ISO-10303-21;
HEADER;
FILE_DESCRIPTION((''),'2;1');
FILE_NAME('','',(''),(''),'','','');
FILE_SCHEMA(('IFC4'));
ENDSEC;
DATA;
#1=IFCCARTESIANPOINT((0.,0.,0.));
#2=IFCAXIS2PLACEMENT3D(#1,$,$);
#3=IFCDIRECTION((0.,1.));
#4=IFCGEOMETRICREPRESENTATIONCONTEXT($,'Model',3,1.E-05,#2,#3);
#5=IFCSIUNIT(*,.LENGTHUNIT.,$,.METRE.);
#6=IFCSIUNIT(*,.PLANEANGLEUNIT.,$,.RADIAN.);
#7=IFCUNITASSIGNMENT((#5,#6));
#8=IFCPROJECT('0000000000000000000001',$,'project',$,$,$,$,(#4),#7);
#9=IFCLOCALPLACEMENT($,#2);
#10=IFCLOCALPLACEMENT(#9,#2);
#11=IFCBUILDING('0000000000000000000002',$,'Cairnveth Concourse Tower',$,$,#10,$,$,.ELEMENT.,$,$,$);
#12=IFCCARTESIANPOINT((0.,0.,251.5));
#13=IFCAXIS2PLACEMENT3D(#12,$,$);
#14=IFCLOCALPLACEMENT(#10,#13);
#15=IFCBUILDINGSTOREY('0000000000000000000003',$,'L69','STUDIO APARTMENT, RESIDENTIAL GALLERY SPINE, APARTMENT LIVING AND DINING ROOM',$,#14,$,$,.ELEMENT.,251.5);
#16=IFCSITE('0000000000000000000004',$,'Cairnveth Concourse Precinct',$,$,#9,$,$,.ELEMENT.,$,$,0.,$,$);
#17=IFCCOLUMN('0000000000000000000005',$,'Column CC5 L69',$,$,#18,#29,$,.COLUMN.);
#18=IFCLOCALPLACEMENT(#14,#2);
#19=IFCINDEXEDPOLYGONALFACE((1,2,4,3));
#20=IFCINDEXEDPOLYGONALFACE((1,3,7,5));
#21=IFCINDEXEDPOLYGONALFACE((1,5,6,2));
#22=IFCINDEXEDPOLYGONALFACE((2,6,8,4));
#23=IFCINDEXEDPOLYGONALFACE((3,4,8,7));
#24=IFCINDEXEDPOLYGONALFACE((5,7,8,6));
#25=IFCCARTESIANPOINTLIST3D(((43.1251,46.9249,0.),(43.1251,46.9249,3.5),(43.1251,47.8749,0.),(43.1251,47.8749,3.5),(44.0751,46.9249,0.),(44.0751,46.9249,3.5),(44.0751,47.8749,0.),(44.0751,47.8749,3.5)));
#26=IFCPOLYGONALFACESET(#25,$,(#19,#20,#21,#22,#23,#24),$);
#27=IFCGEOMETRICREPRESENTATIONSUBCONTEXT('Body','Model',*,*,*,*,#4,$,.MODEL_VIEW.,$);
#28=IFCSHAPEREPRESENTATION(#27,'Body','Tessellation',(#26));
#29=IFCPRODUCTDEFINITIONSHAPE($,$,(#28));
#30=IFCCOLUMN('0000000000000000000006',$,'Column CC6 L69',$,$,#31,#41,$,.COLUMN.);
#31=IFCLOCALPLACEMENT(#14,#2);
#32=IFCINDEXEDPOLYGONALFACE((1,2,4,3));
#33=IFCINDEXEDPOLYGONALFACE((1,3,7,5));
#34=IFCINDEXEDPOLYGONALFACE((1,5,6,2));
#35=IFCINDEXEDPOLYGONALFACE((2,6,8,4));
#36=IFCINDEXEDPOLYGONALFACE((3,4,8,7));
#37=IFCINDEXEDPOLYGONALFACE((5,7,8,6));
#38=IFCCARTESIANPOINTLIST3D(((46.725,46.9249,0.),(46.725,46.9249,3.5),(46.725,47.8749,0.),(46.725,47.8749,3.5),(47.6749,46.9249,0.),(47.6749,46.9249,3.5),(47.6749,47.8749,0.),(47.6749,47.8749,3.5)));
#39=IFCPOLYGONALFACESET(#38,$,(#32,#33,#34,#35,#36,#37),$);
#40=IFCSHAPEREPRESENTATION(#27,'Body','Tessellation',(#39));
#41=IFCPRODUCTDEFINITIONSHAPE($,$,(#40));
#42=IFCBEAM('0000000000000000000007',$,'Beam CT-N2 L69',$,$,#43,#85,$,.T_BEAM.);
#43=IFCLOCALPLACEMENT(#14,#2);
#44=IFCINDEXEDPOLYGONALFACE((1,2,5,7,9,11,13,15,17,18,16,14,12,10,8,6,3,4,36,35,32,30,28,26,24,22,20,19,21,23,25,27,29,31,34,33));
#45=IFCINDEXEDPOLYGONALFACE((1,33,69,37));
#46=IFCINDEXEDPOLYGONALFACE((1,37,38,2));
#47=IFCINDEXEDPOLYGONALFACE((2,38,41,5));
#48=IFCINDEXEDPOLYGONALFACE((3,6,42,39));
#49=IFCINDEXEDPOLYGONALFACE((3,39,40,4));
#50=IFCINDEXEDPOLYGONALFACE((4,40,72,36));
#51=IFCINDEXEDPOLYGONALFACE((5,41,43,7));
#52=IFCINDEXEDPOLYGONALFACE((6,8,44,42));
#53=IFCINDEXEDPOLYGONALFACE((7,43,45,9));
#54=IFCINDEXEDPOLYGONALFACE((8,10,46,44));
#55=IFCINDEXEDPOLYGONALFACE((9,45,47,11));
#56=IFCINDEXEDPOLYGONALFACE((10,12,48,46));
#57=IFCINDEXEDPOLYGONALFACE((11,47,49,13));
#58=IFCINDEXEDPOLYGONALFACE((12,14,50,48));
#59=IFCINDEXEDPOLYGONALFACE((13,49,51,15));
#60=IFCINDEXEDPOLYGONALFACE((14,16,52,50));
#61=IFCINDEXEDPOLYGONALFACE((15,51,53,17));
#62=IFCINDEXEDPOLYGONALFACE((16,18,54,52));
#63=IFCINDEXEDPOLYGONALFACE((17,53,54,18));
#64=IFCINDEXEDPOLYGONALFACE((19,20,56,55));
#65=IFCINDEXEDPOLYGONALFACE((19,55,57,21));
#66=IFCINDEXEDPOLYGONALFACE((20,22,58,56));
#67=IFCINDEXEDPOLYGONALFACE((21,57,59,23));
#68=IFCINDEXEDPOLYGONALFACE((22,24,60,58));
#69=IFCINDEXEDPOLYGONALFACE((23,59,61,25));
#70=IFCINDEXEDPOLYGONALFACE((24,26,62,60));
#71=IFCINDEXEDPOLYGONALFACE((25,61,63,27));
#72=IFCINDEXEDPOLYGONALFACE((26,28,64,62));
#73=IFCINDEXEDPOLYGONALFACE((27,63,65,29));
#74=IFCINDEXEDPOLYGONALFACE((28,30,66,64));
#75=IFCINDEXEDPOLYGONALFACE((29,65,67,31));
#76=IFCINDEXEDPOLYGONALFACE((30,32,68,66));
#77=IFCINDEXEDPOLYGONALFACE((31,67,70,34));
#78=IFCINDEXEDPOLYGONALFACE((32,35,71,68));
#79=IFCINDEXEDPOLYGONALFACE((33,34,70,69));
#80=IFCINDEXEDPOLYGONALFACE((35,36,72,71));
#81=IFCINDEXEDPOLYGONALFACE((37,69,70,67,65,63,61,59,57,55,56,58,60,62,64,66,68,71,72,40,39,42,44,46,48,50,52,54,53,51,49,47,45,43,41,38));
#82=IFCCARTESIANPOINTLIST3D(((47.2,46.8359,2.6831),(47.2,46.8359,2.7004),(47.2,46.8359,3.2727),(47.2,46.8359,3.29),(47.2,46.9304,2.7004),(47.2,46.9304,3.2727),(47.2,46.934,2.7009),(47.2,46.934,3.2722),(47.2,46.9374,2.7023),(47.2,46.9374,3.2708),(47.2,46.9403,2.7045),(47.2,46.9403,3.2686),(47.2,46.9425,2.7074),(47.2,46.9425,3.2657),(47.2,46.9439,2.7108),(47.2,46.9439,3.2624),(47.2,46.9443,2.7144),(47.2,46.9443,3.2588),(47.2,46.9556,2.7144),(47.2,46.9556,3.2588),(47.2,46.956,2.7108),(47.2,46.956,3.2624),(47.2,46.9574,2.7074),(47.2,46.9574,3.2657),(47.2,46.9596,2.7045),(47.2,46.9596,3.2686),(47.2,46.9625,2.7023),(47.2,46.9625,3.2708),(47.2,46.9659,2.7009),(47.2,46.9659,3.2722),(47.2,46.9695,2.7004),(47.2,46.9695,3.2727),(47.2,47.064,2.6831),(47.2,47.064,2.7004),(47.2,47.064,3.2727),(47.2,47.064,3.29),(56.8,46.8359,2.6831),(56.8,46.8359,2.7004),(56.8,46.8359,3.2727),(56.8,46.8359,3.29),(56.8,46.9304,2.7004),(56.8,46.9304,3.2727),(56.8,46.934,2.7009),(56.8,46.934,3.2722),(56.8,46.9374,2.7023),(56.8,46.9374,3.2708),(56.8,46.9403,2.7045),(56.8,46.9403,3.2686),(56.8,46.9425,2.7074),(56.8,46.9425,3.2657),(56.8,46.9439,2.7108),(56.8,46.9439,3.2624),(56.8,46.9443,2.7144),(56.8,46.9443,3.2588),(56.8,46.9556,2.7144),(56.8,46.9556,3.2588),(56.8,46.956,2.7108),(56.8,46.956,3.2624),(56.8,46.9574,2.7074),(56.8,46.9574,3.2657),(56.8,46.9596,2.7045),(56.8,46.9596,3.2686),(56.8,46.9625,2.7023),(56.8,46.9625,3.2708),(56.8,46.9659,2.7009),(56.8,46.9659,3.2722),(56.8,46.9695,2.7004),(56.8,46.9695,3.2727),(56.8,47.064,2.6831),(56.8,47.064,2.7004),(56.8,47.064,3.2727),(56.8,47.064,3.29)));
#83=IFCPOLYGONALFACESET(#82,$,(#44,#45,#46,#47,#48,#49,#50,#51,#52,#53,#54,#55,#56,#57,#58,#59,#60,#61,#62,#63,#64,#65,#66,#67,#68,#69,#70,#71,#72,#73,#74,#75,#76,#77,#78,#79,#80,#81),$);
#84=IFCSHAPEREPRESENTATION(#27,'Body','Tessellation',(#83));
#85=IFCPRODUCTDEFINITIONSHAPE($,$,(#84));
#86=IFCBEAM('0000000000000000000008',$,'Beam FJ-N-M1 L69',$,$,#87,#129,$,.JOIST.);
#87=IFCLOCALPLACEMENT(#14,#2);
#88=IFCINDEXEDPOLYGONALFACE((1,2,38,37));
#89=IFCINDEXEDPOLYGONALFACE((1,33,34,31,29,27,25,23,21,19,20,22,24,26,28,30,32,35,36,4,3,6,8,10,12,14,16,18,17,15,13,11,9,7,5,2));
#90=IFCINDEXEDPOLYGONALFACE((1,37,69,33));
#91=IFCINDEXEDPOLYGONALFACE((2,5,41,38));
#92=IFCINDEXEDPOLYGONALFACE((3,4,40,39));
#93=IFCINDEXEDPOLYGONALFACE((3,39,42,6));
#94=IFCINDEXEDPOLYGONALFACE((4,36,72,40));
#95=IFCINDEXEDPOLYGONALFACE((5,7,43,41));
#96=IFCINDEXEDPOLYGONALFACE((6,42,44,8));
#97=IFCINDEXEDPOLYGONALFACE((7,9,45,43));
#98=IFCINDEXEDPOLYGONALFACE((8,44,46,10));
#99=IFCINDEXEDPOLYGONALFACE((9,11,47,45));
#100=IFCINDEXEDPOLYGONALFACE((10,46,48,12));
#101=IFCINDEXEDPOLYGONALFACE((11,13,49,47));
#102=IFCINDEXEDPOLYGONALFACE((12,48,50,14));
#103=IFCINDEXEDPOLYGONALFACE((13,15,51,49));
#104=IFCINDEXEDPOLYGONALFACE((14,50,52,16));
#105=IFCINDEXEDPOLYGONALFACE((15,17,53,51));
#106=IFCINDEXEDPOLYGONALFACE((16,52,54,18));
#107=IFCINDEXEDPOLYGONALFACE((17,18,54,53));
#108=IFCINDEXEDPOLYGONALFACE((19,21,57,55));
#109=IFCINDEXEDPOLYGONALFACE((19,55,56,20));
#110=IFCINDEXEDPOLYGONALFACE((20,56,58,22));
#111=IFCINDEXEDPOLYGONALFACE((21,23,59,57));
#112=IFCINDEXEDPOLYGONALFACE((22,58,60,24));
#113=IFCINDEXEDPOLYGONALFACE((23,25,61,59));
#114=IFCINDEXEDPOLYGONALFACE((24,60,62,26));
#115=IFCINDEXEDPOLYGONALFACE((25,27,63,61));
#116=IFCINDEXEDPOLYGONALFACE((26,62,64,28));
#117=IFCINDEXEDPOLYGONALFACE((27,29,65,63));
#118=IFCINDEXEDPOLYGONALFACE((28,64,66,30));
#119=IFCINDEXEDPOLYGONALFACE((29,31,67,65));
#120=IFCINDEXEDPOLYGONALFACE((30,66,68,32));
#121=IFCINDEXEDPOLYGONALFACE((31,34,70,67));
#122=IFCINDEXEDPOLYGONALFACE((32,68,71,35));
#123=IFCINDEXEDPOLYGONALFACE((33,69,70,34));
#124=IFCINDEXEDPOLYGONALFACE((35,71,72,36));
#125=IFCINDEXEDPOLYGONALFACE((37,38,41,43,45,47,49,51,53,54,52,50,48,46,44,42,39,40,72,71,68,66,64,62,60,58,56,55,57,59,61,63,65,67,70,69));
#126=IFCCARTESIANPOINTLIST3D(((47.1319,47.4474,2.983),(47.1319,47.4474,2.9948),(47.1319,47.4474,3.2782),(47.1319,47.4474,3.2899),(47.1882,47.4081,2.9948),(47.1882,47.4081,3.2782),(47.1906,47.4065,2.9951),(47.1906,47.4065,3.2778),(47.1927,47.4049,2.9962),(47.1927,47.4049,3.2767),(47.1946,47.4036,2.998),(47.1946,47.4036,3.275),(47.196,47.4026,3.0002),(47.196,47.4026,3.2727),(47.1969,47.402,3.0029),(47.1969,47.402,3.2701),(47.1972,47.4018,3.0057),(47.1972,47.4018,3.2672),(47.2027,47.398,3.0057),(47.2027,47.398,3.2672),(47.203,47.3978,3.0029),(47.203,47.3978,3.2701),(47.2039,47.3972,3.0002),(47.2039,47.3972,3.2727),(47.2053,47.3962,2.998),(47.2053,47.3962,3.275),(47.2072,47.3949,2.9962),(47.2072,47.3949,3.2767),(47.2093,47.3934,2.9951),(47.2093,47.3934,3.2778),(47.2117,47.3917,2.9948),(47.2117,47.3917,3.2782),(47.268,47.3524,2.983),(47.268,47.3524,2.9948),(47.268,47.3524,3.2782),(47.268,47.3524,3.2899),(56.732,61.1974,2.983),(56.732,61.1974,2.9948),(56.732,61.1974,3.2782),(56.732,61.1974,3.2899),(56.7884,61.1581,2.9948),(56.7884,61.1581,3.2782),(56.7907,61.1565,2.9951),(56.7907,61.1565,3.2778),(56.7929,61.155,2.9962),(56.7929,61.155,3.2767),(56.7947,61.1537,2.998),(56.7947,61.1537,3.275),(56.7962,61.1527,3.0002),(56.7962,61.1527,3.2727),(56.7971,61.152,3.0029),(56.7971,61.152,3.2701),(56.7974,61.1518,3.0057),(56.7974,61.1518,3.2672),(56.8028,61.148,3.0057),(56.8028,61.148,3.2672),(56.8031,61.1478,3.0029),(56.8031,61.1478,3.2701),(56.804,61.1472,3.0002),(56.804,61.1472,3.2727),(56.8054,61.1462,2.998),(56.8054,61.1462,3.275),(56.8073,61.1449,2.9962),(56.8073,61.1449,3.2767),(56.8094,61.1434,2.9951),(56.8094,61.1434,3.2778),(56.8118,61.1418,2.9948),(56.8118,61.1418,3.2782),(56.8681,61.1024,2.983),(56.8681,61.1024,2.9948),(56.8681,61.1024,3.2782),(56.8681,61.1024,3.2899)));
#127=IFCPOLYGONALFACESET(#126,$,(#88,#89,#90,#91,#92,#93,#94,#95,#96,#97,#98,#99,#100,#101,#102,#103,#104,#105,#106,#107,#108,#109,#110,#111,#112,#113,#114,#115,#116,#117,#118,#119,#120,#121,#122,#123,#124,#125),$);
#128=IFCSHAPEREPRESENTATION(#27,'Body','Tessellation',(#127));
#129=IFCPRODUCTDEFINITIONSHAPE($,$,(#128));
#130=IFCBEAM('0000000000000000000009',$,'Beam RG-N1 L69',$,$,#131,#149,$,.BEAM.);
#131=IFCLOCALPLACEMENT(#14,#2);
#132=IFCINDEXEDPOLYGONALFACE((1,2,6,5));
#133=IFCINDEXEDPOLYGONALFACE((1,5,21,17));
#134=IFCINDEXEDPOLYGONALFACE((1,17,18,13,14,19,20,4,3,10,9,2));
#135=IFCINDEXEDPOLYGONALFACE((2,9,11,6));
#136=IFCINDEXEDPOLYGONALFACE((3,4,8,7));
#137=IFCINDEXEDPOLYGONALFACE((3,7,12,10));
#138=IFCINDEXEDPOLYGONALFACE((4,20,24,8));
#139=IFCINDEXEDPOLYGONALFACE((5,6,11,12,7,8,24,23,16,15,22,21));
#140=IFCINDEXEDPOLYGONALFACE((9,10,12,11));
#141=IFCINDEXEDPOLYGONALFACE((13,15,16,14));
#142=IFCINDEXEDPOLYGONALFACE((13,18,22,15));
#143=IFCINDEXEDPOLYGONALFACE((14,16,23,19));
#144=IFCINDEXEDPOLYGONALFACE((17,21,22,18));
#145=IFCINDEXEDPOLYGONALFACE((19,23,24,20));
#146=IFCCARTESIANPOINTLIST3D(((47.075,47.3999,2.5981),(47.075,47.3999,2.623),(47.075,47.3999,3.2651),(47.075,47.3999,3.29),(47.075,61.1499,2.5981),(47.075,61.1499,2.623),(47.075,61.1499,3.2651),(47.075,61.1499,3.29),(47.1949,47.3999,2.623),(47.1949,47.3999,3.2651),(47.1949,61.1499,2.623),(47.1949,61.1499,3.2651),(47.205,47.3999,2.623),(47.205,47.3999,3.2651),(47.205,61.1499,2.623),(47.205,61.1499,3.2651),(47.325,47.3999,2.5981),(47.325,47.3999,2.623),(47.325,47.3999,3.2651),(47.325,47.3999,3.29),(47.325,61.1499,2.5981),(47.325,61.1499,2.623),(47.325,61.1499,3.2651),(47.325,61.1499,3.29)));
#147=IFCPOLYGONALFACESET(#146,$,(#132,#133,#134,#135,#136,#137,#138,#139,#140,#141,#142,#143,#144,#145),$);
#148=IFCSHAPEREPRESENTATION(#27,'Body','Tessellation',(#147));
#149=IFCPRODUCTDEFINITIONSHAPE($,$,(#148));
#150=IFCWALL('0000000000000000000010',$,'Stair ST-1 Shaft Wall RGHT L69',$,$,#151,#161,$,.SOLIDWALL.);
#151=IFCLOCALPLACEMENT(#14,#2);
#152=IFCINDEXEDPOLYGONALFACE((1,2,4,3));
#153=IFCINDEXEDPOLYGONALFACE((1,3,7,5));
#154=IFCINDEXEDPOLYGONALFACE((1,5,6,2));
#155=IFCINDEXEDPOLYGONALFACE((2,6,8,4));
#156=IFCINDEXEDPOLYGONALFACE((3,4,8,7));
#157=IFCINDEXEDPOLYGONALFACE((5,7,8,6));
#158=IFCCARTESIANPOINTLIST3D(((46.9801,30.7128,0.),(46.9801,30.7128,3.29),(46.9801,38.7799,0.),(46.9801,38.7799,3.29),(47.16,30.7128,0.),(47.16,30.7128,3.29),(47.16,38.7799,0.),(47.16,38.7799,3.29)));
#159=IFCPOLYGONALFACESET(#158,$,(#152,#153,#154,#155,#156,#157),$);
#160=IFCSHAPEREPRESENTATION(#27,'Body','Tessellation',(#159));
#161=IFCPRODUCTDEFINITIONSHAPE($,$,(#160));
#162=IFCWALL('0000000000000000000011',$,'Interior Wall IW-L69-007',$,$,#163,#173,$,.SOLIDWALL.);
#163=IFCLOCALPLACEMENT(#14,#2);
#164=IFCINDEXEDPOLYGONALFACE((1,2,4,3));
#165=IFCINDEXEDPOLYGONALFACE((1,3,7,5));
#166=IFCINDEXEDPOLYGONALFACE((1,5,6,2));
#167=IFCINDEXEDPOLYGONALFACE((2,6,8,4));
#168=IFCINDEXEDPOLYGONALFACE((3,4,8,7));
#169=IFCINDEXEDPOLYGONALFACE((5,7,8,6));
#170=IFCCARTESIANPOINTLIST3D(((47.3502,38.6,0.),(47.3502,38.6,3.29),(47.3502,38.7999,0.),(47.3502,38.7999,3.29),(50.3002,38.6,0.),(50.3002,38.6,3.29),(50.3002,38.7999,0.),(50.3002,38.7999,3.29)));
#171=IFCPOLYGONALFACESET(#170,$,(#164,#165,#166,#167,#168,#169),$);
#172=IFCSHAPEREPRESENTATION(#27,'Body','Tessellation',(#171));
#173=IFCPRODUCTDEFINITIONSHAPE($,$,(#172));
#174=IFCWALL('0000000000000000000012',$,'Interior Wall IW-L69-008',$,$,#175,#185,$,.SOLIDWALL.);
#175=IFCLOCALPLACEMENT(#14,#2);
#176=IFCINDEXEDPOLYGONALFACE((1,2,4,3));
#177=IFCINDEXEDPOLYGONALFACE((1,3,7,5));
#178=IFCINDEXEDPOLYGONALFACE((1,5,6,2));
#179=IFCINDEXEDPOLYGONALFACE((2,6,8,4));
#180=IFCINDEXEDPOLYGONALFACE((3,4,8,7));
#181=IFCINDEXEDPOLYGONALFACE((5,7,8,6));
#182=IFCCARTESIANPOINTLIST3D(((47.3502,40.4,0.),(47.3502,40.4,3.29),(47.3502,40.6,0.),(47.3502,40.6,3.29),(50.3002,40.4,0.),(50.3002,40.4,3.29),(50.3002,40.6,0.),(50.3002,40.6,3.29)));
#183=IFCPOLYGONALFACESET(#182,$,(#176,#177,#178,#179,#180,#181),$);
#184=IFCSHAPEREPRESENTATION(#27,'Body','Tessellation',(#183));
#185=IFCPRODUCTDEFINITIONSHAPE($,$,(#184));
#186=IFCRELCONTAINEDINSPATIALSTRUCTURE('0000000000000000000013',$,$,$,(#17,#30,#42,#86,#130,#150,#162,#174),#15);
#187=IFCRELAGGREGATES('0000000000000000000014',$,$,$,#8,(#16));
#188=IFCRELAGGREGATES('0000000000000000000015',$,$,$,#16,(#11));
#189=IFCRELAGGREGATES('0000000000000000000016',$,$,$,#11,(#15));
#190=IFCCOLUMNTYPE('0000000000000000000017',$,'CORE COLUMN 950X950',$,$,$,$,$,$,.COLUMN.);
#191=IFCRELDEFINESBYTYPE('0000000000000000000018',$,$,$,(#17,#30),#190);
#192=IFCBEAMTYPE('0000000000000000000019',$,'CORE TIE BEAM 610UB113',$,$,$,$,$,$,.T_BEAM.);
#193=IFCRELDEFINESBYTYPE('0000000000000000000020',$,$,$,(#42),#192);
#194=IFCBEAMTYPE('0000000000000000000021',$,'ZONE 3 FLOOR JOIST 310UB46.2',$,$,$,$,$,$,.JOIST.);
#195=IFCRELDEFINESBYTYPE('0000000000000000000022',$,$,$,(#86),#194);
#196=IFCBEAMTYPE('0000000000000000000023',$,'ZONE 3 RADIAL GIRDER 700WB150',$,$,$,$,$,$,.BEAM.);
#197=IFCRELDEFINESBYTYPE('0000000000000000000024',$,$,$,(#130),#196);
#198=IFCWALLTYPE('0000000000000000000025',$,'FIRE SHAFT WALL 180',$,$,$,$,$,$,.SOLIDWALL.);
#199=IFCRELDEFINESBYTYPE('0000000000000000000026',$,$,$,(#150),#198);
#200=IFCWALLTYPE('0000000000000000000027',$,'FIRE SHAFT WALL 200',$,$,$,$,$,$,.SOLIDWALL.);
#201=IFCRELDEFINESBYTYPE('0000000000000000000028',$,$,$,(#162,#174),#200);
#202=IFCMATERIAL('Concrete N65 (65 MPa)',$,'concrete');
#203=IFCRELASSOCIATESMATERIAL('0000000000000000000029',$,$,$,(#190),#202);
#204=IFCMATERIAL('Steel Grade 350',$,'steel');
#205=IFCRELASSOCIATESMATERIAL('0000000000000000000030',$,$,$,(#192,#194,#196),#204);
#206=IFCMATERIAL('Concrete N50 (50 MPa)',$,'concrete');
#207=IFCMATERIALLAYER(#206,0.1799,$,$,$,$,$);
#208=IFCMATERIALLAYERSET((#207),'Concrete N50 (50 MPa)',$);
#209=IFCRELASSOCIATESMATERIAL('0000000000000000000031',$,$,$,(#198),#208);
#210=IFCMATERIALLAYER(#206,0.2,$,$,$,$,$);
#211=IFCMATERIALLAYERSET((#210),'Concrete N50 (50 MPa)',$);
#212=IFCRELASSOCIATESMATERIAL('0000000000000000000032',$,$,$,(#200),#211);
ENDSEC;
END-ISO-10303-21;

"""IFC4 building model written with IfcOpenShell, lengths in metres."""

from ifc_helpers import new_model, si_unit, direction, frame, frame_2d, origin, origin_2d, place, context, subcontext, project, spatial, rectangle, i_section, extrude, material, layer, layer_set, material_profile, profile_set, type_object, element, save


model = new_model("IFC4")

# Units and contexts
model_context = context("Model", 3, precision=1e-05, world=origin(), true_north=direction((0.0, 1.0)))
body_context = subcontext(model_context, "Body", "Model", "MODEL_VIEW")
ifc_project = project(units=[si_unit("LENGTHUNIT", "METRE"), si_unit("PLANEANGLEUNIT", "RADIAN")], contexts=[model_context])

# Site, building, storey
site_placement = place(None, origin())
site = spatial("IfcSite", under=ifc_project, at=site_placement, Name="Cairnveth Concourse Precinct", CompositionType="ELEMENT", RefElevation=0.0)
building_placement = place(site_placement, origin())
building = spatial("IfcBuilding", under=site, at=building_placement, Name="Cairnveth Concourse Tower", CompositionType="ELEMENT")
storey_placement = place(building_placement, frame((0.0, 0.0, 251.5)))
storey = spatial("IfcBuildingStorey", under=building, at=storey_placement, Name="L69", Description="STUDIO APARTMENT, RESIDENTIAL GALLERY SPINE, APARTMENT LIVING AND DINING ROOM", CompositionType="ELEMENT", Elevation=251.5)

# Columns
ifc_material_1 = material(Name="Concrete N65 (65 MPa)", Category="concrete")
ifc_material_profile_1 = material_profile(ifc_material_1, rectangle(XDim=0.95, YDim=0.95, at=origin_2d()), Name="RC-COL-950x950")
ifc_profile_set_1 = profile_set([ifc_material_profile_1], Name="Concrete N65 (65 MPa)")
column_type = type_object("IfcColumnType", Name="CORE COLUMN 950X950", PredefinedType="COLUMN", material=ifc_profile_set_1)
for number, where, z_axis, x_axis, name in (
    (1, (43.6001, 47.3999, 0.0), (0.0, 0.0, 1.0), (1.0, 0.0, 0.0), "Column CC5 L69"),
    (2, (47.2, 47.3999, 0.0), (0.0, 0.0, 1.0), (1.0, 0.0, 0.0), "Column CC6 L69"),
):
    element("IfcColumn", number, at=place(storey_placement, frame(where, z_axis=z_axis, x_axis=x_axis)), inside=storey, type_object=column_type, Name=name, PredefinedType="COLUMN", context=body_context, shape_type="SweptSolid", body=[
        extrude(rectangle(XDim=0.95, YDim=0.95, at=origin_2d()), origin(), (0.0, 0.0, 1.0), 3.5),
    ])

# Beams
ifc_material_2 = material(Name="Steel Grade 350", Category="steel")
ifc_material_profile_2 = material_profile(ifc_material_2, i_section(OverallWidth=0.228, OverallDepth=0.6069, WebThickness=0.0112, FlangeThickness=0.0173, FilletRadius=0.0139, at=origin_2d()), Name="610UB113")
ifc_profile_set_2 = profile_set([ifc_material_profile_2], Name="Steel Grade 350")
beam_type_1 = type_object("IfcBeamType", Name="CORE TIE BEAM 610UB113", PredefinedType="T_BEAM", material=ifc_profile_set_2)
beam_1_placement = place(storey_placement, frame((47.2, 46.95, 2.9866), z_axis=(1.0, 0.0, 0.0), x_axis=(0.0, 1.0, 0.0)))
element("IfcBeam", 3, at=beam_1_placement, inside=storey, type_object=beam_type_1, Name="Beam CT-N2 L69", PredefinedType="T_BEAM", context=body_context, shape_type="SweptSolid", body=[
    extrude(i_section(OverallWidth=0.228, OverallDepth=0.6069, WebThickness=0.0112, FlangeThickness=0.0173, FilletRadius=0.0139, at=origin_2d()), origin(), (0.0, 0.0, 1.0), 9.6001),
])
ifc_material_profile_3 = material_profile(ifc_material_2, i_section(OverallWidth=0.166, OverallDepth=0.3069, WebThickness=0.0066, FlangeThickness=0.0117, FilletRadius=0.011, at=origin_2d()), Name="310UB46.2")
ifc_profile_set_3 = profile_set([ifc_material_profile_3], Name="Steel Grade 350")
beam_type_2 = type_object("IfcBeamType", Name="ZONE 3 FLOOR JOIST 310UB46.2", PredefinedType="JOIST", material=ifc_profile_set_3)
beam_2_placement = place(storey_placement, frame((47.2, 47.3999, 3.1365), z_axis=(0.572465, 0.819929, 0.0), x_axis=(-0.819929, 0.572465, 0.0)))
element("IfcBeam", 4, at=beam_2_placement, inside=storey, type_object=beam_type_2, Name="Beam FJ-N-M1 L69", PredefinedType="JOIST", context=body_context, shape_type="SweptSolid", body=[
    extrude(i_section(OverallWidth=0.166, OverallDepth=0.3069, WebThickness=0.0066, FlangeThickness=0.0117, FilletRadius=0.011, at=origin_2d()), origin(), (0.0, 0.0, 1.0), 16.7698),
])
ifc_material_profile_4 = material_profile(ifc_material_2, i_section(OverallWidth=0.25, OverallDepth=0.6919, WebThickness=0.01, FlangeThickness=0.0249, at=origin_2d()), Name="700WB150")
ifc_profile_set_4 = profile_set([ifc_material_profile_4], Name="Steel Grade 350")
beam_type_3 = type_object("IfcBeamType", Name="ZONE 3 RADIAL GIRDER 700WB150", PredefinedType="BEAM", material=ifc_profile_set_4)
beam_3_placement = place(storey_placement, frame((47.2, 47.3999, 2.9441), z_axis=(0.0, 1.0, 0.0), x_axis=(-1.0, 0.0, 0.0)))
element("IfcBeam", 5, at=beam_3_placement, inside=storey, type_object=beam_type_3, Name="Beam RG-N1 L69", PredefinedType="BEAM", context=body_context, shape_type="SweptSolid", body=[
    extrude(i_section(OverallWidth=0.25, OverallDepth=0.6919, WebThickness=0.01, FlangeThickness=0.0249, at=origin_2d()), origin(), (0.0, 0.0, 1.0), 13.75),
])

# Shared definitions
ifc_material_3 = material(Name="Concrete N50 (50 MPa)", Category="concrete")
ifc_layer_1 = layer(ifc_material_3, 0.1799)
ifc_layer_set_1 = layer_set([ifc_layer_1], Name="Concrete N50 (50 MPa)")
wall_type_1 = type_object("IfcWallType", Name="FIRE SHAFT WALL 180", PredefinedType="SOLIDWALL", material=ifc_layer_set_1)

# Walls
wall_1_placement = place(storey_placement, frame((47.0701, 38.78, 0.0), z_axis=(0.0, 0.0, 1.0), x_axis=(0.0, -1.0, 0.0)))
element("IfcWall", 6, at=wall_1_placement, inside=storey, type_object=wall_type_1, Name="Stair ST-1 Shaft Wall RGHT L69", PredefinedType="SOLIDWALL", context=body_context, shape_type="SweptSolid", body=[
    extrude(rectangle(XDim=8.0671, YDim=0.1799, at=frame_2d((4.0337, 0.0))), origin(), (0.0, 0.0, 1.0), 3.29),
])
ifc_layer_2 = layer(ifc_material_3, 0.2)
ifc_layer_set_2 = layer_set([ifc_layer_2], Name="Concrete N50 (50 MPa)")
wall_type_2 = type_object("IfcWallType", Name="FIRE SHAFT WALL 200", PredefinedType="SOLIDWALL", material=ifc_layer_set_2)
for number, where, z_axis, x_axis, name in (
    (7, (47.3501, 38.7, 0.0), (0.0, 0.0, 1.0), (1.0, 0.0, 0.0), "Interior Wall IW-L69-007"),
    (8, (47.3501, 40.5, 0.0), (0.0, 0.0, 1.0), (1.0, 0.0, 0.0), "Interior Wall IW-L69-008"),
):
    element("IfcWall", number, at=place(storey_placement, frame(where, z_axis=z_axis, x_axis=x_axis)), inside=storey, type_object=wall_type_2, Name=name, PredefinedType="SOLIDWALL", context=body_context, shape_type="SweptSolid", body=[
        extrude(rectangle(XDim=2.95, YDim=0.2, at=frame_2d((1.4751, 0.0))), origin(), (0.0, 0.0, 1.0), 3.29),
    ])

save(model, "model.ifc")
